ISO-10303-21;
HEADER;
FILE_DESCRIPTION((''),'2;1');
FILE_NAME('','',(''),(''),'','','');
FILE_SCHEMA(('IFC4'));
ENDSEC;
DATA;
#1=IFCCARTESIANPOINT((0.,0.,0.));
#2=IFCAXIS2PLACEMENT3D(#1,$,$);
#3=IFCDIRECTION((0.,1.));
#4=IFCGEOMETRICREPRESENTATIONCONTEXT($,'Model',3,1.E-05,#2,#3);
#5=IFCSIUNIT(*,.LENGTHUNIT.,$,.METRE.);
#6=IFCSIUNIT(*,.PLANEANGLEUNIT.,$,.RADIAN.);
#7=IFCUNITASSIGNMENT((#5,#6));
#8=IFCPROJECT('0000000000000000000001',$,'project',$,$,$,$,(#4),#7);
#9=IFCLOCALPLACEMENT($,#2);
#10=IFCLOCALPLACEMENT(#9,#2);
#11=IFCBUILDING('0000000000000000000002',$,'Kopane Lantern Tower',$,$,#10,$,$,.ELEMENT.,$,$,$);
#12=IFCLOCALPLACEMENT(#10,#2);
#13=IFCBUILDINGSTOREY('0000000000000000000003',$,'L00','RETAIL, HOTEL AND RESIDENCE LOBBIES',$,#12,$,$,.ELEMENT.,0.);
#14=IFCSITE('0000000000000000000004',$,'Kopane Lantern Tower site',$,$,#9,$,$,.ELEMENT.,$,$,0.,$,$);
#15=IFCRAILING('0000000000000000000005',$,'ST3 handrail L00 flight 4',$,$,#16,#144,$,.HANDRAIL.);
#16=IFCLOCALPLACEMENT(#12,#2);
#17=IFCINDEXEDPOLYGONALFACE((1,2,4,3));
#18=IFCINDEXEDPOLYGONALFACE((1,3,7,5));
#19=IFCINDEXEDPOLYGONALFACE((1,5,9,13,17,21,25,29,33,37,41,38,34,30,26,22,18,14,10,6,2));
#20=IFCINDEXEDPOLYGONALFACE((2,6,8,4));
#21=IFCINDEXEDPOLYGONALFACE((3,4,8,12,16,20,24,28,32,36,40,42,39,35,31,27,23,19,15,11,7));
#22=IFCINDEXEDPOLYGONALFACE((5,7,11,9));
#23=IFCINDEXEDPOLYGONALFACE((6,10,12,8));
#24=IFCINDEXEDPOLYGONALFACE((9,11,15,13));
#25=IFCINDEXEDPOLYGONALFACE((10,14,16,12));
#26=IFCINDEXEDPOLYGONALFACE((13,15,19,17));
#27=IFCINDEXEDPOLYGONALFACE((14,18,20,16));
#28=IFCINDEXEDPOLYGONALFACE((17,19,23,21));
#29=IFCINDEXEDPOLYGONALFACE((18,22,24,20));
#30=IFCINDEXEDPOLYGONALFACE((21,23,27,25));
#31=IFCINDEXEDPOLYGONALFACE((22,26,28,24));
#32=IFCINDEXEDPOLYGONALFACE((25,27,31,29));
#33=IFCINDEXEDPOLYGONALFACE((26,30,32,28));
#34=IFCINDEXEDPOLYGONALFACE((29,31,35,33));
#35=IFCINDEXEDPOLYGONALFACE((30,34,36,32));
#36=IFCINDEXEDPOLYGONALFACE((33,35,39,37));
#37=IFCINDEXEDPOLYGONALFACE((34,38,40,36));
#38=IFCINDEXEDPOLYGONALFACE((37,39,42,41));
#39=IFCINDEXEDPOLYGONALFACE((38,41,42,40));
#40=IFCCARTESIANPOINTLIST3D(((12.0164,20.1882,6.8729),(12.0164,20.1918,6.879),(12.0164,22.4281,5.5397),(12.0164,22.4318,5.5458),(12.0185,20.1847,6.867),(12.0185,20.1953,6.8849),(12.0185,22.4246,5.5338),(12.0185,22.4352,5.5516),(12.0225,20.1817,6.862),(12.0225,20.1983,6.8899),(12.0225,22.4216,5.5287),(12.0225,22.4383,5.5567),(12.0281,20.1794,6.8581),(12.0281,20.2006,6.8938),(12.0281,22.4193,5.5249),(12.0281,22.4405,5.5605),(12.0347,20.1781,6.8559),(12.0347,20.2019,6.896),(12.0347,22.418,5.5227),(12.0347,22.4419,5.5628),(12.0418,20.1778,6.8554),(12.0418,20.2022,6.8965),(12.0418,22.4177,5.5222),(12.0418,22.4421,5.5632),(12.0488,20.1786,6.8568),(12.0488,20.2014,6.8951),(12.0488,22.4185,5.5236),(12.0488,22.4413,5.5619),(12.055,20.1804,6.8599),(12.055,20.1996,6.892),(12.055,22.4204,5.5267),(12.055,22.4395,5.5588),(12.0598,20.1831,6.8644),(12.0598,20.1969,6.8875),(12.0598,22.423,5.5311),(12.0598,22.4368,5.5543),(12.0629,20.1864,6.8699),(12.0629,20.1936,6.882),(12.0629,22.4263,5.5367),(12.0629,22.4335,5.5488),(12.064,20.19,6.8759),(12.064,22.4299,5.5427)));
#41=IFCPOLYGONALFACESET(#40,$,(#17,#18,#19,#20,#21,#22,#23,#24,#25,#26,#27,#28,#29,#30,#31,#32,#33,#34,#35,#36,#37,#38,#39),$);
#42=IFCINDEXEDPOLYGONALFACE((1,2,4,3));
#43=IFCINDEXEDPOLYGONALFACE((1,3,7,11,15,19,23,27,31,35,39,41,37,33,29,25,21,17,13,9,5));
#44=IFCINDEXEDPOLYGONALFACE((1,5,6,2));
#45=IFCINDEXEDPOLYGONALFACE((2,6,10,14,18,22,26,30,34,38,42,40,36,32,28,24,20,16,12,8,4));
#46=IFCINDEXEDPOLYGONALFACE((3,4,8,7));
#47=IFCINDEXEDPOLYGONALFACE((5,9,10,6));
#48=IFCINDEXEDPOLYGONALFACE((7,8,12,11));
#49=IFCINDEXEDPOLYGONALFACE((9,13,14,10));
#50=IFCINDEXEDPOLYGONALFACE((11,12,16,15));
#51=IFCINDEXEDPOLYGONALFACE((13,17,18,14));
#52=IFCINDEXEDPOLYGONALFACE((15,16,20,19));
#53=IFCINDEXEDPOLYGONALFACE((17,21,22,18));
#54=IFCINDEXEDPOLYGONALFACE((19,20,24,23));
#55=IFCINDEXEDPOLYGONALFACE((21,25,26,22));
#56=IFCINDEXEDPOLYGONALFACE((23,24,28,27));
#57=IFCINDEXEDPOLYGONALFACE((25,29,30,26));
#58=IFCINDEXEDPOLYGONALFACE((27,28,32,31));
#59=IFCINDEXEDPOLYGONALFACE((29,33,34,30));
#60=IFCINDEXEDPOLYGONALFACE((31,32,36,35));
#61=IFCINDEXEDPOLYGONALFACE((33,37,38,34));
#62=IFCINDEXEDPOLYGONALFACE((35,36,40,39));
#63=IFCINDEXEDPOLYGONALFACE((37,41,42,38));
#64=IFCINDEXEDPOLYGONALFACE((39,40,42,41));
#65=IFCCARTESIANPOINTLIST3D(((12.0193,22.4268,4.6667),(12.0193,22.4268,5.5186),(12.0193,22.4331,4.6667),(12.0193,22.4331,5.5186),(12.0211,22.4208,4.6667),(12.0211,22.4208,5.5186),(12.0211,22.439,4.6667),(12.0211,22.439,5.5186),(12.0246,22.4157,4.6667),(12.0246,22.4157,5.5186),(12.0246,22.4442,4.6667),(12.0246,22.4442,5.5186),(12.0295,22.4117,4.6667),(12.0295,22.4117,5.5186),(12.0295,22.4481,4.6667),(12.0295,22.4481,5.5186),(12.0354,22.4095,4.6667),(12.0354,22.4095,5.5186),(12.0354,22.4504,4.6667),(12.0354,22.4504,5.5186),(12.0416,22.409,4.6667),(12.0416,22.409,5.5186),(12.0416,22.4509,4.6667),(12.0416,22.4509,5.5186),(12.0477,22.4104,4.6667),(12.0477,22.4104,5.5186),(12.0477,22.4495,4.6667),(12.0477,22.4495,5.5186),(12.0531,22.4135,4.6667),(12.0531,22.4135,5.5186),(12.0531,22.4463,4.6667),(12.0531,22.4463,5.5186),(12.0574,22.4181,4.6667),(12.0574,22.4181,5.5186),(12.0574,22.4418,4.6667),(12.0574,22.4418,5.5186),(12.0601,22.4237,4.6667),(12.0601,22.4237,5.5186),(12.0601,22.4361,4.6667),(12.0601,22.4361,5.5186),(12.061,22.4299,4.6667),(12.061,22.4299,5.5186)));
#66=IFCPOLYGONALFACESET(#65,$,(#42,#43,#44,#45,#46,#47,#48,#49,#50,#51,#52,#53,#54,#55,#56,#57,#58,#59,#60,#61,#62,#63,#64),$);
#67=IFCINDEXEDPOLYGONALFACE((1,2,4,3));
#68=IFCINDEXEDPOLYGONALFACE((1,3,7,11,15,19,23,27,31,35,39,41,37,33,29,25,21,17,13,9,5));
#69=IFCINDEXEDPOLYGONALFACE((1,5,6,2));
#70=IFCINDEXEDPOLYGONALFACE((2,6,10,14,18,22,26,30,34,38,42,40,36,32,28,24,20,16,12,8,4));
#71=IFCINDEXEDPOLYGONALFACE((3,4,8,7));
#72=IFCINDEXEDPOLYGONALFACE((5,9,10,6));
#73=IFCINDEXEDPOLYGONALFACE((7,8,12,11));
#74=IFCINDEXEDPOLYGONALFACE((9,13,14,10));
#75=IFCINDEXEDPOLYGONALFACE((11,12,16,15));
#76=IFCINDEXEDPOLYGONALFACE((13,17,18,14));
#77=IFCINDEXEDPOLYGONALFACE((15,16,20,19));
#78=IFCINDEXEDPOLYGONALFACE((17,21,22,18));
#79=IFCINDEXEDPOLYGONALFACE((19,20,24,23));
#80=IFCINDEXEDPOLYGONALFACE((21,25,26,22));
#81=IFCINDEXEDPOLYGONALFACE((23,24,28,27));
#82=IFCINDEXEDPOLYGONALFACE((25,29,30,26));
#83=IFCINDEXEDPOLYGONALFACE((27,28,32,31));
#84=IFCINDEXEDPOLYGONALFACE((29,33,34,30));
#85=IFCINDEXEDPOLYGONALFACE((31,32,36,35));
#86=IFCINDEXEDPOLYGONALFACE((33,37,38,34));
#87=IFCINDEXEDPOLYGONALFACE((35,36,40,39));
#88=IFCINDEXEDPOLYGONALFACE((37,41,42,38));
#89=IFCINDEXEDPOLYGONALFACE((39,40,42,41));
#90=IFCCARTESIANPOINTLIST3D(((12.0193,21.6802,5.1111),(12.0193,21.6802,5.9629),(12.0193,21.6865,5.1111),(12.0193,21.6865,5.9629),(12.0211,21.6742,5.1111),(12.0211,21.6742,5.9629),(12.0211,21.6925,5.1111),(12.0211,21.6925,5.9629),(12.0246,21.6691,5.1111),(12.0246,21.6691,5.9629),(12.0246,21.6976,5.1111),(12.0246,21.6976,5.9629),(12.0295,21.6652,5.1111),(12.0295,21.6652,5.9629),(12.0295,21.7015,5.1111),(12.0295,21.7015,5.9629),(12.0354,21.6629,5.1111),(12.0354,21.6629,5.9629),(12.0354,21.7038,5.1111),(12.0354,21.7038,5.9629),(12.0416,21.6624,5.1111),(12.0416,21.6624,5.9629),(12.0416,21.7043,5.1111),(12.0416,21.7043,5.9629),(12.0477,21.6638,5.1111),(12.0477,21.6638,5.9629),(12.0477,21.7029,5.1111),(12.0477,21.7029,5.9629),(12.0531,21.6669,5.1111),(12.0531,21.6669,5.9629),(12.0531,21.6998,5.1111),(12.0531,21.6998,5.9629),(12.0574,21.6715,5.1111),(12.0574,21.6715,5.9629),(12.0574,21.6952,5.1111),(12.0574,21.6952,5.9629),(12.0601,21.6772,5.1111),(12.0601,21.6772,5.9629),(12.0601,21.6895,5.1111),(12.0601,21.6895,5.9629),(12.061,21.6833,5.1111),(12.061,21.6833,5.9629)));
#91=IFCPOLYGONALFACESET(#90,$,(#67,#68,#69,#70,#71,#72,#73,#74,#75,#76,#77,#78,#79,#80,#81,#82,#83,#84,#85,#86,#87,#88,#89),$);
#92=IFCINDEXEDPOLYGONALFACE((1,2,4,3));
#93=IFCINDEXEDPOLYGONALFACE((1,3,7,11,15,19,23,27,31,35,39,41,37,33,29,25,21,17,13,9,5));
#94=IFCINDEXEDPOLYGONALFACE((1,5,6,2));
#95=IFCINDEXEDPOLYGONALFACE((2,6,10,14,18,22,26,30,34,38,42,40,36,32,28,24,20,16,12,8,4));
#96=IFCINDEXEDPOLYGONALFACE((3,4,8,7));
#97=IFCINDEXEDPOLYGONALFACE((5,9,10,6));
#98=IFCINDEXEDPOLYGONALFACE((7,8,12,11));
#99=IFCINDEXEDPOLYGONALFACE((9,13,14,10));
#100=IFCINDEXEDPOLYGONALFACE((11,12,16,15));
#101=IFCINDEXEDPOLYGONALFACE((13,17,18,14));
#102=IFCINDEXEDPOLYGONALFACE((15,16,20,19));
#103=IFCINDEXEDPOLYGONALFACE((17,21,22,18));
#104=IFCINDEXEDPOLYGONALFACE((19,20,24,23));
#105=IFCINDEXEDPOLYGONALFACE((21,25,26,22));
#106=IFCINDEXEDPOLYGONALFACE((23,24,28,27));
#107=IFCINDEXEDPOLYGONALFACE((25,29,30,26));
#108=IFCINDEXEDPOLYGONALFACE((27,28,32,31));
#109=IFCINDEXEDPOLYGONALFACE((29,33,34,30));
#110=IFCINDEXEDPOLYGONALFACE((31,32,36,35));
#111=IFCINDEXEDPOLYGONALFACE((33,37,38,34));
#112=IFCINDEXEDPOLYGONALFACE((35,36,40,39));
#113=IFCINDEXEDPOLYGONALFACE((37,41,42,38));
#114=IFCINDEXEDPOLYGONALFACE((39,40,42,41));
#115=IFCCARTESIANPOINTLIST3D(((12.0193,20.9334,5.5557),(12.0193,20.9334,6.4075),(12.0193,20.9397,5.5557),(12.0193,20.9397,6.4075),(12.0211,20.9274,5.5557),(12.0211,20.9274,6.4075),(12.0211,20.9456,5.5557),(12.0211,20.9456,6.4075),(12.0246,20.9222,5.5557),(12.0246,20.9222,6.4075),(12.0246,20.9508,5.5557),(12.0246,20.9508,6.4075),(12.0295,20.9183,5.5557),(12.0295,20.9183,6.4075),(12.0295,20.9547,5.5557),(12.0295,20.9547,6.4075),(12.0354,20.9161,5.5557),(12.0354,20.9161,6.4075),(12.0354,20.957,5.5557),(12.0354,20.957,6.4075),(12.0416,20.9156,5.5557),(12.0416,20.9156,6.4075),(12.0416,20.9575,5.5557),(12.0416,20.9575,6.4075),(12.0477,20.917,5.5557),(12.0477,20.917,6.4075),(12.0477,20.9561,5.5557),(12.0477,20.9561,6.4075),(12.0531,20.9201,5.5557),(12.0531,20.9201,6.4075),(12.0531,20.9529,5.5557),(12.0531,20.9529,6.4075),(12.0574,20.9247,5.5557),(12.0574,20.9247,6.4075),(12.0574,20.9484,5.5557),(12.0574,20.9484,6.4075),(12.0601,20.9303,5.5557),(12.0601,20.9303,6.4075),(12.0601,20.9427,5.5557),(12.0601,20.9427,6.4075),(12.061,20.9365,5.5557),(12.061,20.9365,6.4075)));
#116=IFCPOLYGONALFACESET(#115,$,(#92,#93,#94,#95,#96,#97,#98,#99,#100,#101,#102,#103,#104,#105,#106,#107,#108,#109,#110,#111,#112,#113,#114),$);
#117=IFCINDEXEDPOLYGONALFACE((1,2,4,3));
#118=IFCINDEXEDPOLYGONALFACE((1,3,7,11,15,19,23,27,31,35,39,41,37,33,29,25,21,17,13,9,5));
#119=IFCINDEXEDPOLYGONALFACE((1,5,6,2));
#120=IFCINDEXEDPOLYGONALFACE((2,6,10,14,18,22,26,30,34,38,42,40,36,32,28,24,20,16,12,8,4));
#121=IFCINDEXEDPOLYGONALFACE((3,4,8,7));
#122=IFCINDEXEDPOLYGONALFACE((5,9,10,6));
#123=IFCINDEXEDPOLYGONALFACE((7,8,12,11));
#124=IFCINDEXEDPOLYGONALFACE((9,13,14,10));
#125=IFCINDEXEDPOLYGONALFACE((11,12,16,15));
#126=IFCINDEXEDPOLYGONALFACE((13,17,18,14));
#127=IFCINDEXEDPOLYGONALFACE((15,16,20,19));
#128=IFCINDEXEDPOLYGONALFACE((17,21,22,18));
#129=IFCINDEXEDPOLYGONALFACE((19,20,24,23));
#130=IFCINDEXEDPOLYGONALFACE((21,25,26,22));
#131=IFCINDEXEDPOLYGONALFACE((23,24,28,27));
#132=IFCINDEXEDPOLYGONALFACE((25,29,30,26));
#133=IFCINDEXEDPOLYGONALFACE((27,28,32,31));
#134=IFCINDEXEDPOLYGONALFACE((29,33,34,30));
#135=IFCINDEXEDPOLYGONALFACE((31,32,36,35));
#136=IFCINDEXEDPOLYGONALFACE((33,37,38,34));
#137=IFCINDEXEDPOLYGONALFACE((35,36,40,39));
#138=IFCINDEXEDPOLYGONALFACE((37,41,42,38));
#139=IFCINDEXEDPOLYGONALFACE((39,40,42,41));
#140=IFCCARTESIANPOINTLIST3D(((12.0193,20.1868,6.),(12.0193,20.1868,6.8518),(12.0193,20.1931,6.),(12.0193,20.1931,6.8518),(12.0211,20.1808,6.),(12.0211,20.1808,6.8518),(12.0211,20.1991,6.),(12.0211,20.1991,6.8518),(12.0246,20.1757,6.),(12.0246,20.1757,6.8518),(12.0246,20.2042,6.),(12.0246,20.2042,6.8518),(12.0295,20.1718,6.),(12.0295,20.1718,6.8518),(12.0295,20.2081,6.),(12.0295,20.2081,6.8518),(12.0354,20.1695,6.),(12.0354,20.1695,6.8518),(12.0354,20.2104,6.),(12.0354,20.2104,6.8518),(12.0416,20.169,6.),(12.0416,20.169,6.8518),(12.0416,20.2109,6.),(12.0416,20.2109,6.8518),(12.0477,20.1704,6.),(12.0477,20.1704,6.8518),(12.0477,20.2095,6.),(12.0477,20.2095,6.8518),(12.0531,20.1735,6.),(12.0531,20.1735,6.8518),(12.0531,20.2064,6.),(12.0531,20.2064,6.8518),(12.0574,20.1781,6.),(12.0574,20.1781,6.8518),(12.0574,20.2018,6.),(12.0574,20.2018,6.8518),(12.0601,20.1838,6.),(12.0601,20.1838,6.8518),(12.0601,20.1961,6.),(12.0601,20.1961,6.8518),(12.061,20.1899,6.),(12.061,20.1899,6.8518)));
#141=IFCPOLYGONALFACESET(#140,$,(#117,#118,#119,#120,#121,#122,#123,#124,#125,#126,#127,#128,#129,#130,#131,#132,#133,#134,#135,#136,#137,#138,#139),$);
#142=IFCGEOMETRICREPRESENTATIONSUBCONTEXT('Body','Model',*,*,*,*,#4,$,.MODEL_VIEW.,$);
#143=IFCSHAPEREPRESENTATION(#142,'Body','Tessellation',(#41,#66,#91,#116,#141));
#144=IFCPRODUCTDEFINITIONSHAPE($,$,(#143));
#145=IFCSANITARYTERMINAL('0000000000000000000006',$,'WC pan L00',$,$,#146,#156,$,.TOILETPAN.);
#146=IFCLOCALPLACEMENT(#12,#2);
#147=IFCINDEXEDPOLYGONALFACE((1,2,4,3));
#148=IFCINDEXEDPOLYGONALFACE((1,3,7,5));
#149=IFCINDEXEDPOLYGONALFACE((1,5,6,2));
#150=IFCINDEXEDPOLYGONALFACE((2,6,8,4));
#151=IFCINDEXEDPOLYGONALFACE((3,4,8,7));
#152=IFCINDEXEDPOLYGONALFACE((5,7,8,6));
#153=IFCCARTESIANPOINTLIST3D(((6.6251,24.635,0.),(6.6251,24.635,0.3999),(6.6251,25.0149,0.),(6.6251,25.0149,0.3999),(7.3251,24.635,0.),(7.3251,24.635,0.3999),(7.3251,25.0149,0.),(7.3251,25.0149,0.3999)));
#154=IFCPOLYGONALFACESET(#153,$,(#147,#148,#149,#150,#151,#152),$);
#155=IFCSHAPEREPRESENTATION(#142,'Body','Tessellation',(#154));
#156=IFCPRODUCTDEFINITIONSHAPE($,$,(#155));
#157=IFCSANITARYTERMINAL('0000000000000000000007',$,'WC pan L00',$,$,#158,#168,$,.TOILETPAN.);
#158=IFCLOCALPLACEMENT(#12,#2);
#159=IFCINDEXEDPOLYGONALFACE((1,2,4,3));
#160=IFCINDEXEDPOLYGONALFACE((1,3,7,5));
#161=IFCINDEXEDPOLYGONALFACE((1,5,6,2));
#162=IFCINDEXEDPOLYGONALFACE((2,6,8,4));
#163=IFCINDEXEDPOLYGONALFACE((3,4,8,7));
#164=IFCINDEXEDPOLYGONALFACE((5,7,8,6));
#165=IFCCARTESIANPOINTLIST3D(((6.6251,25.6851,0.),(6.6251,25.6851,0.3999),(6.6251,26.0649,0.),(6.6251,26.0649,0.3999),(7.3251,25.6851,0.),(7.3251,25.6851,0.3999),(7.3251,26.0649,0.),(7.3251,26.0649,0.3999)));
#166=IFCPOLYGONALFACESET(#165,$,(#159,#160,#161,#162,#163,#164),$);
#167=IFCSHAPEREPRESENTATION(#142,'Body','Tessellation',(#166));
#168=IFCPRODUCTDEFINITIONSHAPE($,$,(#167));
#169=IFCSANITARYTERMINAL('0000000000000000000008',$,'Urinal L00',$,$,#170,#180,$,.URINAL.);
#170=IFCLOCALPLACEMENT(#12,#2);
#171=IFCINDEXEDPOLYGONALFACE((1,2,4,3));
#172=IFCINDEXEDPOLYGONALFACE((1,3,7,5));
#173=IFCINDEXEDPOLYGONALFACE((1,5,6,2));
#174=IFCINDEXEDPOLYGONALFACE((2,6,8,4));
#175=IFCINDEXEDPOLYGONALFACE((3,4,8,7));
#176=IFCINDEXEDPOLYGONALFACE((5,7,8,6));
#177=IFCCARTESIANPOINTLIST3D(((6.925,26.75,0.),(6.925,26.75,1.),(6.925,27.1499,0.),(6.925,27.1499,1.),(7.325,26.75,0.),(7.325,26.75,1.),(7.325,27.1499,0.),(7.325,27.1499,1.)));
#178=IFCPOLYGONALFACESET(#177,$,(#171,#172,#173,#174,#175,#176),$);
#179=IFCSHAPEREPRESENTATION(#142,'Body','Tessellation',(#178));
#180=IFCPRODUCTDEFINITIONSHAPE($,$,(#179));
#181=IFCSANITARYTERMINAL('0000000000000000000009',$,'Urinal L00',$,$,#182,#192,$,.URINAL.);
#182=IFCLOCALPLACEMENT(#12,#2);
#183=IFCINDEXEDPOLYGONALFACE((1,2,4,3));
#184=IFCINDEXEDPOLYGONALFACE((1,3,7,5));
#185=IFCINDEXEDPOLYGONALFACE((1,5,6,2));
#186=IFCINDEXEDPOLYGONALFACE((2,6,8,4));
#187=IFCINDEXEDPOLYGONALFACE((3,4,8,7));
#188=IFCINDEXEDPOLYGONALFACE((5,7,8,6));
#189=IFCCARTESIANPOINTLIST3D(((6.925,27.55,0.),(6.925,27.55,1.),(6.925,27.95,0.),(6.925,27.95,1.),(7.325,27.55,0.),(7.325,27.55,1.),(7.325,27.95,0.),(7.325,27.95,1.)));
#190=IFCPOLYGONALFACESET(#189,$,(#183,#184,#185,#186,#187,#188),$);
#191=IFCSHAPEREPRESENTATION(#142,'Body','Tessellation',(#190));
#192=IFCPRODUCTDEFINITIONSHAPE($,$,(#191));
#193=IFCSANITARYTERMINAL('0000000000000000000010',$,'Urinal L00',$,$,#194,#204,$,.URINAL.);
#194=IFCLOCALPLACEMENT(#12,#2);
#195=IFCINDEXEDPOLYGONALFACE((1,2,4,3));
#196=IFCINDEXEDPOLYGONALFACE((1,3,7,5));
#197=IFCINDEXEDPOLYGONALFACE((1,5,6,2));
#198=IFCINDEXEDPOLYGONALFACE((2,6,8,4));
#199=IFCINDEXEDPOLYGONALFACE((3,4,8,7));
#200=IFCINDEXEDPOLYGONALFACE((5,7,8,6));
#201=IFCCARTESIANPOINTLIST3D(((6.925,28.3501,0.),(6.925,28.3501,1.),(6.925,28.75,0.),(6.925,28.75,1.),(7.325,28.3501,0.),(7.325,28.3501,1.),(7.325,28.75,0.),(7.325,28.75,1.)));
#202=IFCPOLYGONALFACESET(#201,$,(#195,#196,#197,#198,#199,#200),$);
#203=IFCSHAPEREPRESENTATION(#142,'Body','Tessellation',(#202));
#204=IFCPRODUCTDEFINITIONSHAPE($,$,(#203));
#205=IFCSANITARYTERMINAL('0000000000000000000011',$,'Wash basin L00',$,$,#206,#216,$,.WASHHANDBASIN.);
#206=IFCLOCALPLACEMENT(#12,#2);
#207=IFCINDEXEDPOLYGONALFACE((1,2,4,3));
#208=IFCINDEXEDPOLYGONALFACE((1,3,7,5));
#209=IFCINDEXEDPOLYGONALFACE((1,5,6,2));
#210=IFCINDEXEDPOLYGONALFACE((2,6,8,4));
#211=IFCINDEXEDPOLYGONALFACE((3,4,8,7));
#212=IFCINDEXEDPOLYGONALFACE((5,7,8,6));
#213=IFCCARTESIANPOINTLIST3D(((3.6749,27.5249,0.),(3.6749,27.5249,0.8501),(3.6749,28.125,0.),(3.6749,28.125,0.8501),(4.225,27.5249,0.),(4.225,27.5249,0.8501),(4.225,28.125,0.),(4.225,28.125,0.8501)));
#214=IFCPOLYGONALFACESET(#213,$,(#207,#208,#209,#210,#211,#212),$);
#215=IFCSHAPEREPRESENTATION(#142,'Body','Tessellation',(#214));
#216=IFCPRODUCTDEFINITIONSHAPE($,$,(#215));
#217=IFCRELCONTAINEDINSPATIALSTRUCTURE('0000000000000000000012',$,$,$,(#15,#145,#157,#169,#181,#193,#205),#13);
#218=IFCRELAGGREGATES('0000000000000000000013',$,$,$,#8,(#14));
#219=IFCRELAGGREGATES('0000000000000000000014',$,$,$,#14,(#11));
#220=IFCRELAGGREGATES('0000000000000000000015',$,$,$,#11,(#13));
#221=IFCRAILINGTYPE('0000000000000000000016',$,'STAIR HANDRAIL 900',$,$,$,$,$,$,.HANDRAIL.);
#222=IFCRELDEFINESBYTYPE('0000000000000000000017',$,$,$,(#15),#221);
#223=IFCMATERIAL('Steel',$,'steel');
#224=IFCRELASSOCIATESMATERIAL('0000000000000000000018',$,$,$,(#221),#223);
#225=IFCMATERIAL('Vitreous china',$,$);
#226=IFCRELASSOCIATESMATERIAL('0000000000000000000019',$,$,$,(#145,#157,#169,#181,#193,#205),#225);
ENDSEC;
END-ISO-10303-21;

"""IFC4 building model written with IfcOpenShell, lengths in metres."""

from ifc_helpers import new_model, si_unit, direction, frame, origin, origin_2d, place, context, subcontext, project, spatial, rectangle, circle, extrude, material, type_object, element, save


model = new_model("IFC4")

# Units and contexts
model_context = context("Model", 3, precision=1e-05, world=origin(), true_north=direction((0.0, 1.0)))
body_context = subcontext(model_context, "Body", "Model", "MODEL_VIEW")
ifc_project = project(units=[si_unit("LENGTHUNIT", "METRE"), si_unit("PLANEANGLEUNIT", "RADIAN")], contexts=[model_context])

# Site, building, storey
site_placement = place(None, origin())
site = spatial("IfcSite", under=ifc_project, at=site_placement, Name="Kopane Lantern Tower site", CompositionType="ELEMENT", RefElevation=0.0)
building_placement = place(site_placement, origin())
building = spatial("IfcBuilding", under=site, at=building_placement, Name="Kopane Lantern Tower", CompositionType="ELEMENT")
storey_placement = place(building_placement, origin())
storey = spatial("IfcBuildingStorey", under=building, at=storey_placement, Name="L00", Description="RETAIL, HOTEL AND RESIDENCE LOBBIES", CompositionType="ELEMENT", Elevation=0.0)

# Railing
ifc_material_1 = material(Name="Steel", Category="steel")
railing_type_1 = type_object("IfcRailingType", Name="STAIR HANDRAIL 900", PredefinedType="HANDRAIL", material=ifc_material_1)
for number, where, name in (
    (1, (12.04, 22.4299, 4.6667), "ST3 handrail L00 flight 4"),
):
    element("IfcRailing", number, at=place(storey_placement, frame(where)), inside=storey, type_object=railing_type_1, Name=name, PredefinedType="HANDRAIL", context=body_context, shape_type="SweptSolid", body=[
        extrude(circle(Radius=0.0239, at=origin_2d()), frame((0.0, 0.0, 0.876), z_axis=(0.0, -0.859306, 0.511462), x_axis=(1.0, 0.0, 0.0)), (0.0, 0.0, 1.0), 2.6067),
        extrude(circle(Radius=0.021, at=origin_2d()), origin(), (0.0, 0.0, 1.0), 0.8518),
        extrude(circle(Radius=0.021, at=origin_2d()), frame((0.0, -0.7466, 0.4443)), (0.0, 0.0, 1.0), 0.8518),
        extrude(circle(Radius=0.021, at=origin_2d()), frame((0.0, -1.4934, 0.8889)), (0.0, 0.0, 1.0), 0.8518),
        extrude(circle(Radius=0.021, at=origin_2d()), frame((0.0, -2.24, 1.3333)), (0.0, 0.0, 1.0), 0.8518),
    ])

# Sanitary terminals
ifc_material_2 = material(Name="Vitreous china")
for number, where, z_axis, x_axis, name in (
    (2, (6.9751, 24.825, 0.0), (0.0, 0.0, 1.0), (1.0, 0.0, 0.0), "WC pan L00"),
    (3, (6.9751, 25.875, 0.0), (0.0, 0.0, 1.0), (1.0, 0.0, 0.0), "WC pan L00"),
):
    element("IfcSanitaryTerminal", number, at=place(storey_placement, frame(where, z_axis=z_axis, x_axis=x_axis)), inside=storey, material=ifc_material_2, Name=name, PredefinedType="TOILETPAN", context=body_context, shape_type="SweptSolid", body=[
        extrude(rectangle(XDim=0.7, YDim=0.3799, at=origin_2d()), origin(), (0.0, 0.0, 1.0), 0.3999),
    ])
for number, where, z_axis, x_axis, name in (
    (4, (7.125, 26.95, 0.0), (0.0, 0.0, 1.0), (1.0, 0.0, 0.0), "Urinal L00"),
    (5, (7.125, 27.75, 0.0), (0.0, 0.0, 1.0), (1.0, 0.0, 0.0), "Urinal L00"),
    (6, (7.125, 28.55, 0.0), (0.0, 0.0, 1.0), (1.0, 0.0, 0.0), "Urinal L00"),
):
    element("IfcSanitaryTerminal", number, at=place(storey_placement, frame(where, z_axis=z_axis, x_axis=x_axis)), inside=storey, material=ifc_material_2, Name=name, PredefinedType="URINAL", context=body_context, shape_type="SweptSolid", body=[
        extrude(rectangle(XDim=0.3999, YDim=0.3999, at=origin_2d()), origin(), (0.0, 0.0, 1.0), 1.0),
    ])
sanitary_terminal_placement = place(storey_placement, frame((3.95, 27.825, 0.0), z_axis=(0.0, 0.0, 1.0), x_axis=(1.0, 0.0, 0.0)))
element("IfcSanitaryTerminal", 7, at=sanitary_terminal_placement, inside=storey, material=ifc_material_2, Name="Wash basin L00", PredefinedType="WASHHANDBASIN", context=body_context, shape_type="SweptSolid", body=[
    extrude(rectangle(XDim=0.55, YDim=0.6001, at=origin_2d()), origin(), (0.0, 0.0, 1.0), 0.8501),
])

save(model, "model.ifc")
